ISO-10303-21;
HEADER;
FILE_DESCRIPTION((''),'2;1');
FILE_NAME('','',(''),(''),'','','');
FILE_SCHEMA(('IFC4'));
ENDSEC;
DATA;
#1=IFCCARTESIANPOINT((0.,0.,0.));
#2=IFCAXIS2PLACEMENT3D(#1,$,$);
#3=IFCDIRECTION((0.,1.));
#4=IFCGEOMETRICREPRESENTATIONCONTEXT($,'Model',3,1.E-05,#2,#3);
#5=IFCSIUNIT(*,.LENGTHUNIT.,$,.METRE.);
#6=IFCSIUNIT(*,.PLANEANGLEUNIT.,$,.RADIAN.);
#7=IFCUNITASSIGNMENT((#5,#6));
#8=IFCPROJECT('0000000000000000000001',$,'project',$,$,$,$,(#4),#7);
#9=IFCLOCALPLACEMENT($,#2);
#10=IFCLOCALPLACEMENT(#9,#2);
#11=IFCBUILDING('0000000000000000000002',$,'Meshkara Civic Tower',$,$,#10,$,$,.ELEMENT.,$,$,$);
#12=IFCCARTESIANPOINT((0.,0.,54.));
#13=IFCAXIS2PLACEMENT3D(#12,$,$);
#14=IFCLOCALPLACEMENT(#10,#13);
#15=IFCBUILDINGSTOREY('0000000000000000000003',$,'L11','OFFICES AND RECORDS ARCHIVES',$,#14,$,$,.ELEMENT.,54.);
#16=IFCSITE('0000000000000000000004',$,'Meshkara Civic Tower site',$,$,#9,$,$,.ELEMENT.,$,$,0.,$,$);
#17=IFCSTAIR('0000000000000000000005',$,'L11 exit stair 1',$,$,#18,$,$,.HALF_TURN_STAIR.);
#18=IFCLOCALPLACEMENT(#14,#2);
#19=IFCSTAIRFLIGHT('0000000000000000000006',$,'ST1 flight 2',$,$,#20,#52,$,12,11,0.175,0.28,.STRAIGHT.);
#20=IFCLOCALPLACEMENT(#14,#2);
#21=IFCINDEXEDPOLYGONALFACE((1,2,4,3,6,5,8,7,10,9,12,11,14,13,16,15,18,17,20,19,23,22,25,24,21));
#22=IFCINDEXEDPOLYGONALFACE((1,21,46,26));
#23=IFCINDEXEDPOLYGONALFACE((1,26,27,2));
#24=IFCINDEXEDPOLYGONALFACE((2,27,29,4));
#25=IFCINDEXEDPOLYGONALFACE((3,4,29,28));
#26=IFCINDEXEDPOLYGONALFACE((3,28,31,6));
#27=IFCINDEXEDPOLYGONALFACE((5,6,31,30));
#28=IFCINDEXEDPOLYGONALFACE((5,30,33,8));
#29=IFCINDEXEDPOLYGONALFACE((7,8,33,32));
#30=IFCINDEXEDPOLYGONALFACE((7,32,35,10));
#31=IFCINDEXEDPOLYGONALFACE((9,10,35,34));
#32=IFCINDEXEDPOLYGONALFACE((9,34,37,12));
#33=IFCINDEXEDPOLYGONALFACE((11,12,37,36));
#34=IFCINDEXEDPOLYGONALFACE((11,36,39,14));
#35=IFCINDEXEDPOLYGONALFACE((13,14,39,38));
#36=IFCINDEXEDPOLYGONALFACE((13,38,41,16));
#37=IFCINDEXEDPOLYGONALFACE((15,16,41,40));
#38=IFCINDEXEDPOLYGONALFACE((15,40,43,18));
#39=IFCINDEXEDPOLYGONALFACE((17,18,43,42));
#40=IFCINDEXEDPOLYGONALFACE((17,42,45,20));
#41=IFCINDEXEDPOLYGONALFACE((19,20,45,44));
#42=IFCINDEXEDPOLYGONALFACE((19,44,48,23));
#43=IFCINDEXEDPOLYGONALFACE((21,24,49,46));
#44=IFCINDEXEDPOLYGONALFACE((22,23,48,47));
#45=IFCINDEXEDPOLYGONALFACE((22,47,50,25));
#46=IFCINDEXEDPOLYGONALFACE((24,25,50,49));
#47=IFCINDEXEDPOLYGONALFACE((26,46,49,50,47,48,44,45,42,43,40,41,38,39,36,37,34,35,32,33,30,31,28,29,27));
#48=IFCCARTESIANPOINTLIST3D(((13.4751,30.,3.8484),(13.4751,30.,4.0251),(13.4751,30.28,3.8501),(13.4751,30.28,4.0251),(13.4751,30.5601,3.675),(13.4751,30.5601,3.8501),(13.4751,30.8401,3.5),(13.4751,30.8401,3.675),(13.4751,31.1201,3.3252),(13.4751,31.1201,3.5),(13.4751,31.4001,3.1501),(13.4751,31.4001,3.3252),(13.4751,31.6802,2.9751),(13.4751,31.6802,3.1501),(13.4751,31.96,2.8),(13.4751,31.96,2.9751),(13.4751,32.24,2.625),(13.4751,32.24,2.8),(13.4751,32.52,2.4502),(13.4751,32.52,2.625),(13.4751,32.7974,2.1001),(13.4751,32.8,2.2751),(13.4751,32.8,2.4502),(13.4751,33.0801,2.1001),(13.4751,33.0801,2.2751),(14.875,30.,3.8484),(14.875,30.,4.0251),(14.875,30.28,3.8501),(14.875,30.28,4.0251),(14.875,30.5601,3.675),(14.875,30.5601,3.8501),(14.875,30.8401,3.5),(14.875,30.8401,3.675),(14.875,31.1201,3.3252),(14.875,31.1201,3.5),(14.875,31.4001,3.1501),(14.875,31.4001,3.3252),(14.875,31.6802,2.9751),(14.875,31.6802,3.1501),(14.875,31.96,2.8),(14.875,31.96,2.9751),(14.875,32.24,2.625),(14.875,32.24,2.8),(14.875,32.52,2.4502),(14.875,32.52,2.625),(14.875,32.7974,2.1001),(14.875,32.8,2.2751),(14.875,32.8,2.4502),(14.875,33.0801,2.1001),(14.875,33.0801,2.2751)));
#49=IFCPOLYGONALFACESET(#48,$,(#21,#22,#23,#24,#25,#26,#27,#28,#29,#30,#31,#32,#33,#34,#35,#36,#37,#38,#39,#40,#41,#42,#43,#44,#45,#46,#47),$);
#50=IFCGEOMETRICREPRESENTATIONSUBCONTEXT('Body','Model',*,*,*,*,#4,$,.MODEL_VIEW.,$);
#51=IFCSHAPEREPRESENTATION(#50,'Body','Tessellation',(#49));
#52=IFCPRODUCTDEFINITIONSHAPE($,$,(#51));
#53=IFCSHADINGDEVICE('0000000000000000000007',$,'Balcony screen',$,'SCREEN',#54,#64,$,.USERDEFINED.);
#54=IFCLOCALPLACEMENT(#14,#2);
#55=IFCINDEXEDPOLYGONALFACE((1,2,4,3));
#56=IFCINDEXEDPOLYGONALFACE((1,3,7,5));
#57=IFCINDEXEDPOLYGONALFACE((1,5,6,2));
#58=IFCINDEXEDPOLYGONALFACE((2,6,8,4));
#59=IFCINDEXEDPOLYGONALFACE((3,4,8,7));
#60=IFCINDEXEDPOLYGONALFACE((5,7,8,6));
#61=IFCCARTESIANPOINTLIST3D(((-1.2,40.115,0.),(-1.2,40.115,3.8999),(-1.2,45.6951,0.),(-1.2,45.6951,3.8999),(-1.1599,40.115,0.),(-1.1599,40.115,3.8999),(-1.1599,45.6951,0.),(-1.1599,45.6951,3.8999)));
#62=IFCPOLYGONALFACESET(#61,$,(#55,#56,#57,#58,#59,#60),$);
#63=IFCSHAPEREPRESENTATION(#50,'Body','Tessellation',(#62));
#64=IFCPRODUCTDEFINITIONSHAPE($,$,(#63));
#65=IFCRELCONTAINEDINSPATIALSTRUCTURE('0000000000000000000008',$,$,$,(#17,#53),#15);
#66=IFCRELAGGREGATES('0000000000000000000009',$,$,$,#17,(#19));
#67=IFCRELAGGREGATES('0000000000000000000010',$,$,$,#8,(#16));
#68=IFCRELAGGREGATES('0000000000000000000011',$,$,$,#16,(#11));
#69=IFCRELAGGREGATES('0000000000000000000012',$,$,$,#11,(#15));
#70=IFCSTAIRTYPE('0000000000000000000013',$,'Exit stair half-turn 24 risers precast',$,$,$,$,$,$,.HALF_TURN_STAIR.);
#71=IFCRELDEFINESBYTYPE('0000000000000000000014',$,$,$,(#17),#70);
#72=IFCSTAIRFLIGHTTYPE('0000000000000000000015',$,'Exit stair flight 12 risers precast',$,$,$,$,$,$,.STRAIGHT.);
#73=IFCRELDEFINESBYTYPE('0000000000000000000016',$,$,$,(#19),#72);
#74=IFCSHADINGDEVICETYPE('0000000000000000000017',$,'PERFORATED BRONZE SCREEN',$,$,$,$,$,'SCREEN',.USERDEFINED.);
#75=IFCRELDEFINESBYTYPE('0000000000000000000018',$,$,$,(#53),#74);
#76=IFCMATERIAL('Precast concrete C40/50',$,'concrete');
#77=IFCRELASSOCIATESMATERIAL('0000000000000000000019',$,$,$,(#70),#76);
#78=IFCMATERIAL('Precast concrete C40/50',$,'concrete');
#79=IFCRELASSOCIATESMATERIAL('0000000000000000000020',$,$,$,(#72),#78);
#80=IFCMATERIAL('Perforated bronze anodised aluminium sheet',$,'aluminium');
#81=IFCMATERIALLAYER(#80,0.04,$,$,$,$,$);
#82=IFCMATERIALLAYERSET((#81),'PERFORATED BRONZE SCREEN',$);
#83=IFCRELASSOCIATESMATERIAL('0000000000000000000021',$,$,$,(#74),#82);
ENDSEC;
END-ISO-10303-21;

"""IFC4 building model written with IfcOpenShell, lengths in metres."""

from ifc_helpers import new_model, si_unit, direction, frame, origin, origin_2d, place, context, subcontext, project, spatial, polyline, rectangle, outline, extrude, material, layer, layer_set, type_object, element, aggregate, save


model = new_model("IFC4")

# Units and contexts
model_context = context("Model", 3, precision=1e-05, world=origin(), true_north=direction((0.0, 1.0)))
body_context = subcontext(model_context, "Body", "Model", "MODEL_VIEW")
ifc_project = project(units=[si_unit("LENGTHUNIT", "METRE"), si_unit("PLANEANGLEUNIT", "RADIAN")], contexts=[model_context])

# Site, building, storey
site_placement = place(None, origin())
site = spatial("IfcSite", under=ifc_project, at=site_placement, Name="Meshkara Civic Tower site", CompositionType="ELEMENT", RefElevation=0.0)
building_placement = place(site_placement, origin())
building = spatial("IfcBuilding", under=site, at=building_placement, Name="Meshkara Civic Tower", CompositionType="ELEMENT")
storey_placement = place(building_placement, frame((0.0, 0.0, 54.0)))
storey = spatial("IfcBuildingStorey", under=building, at=storey_placement, Name="L11", Description="OFFICES AND RECORDS ARCHIVES", CompositionType="ELEMENT", Elevation=54.0)

# Stair, stair flight
ifc_material_1 = material(Name="Precast concrete C40/50", Category="concrete")
stair_type = type_object("IfcStairType", Name="Exit stair half-turn 24 risers precast", PredefinedType="HALF_TURN_STAIR", material=ifc_material_1)
stair_placement = place(storey_placement, origin())
stair = element("IfcStair", 1, at=stair_placement, inside=storey, type_object=stair_type, Name="L11 exit stair 1", PredefinedType="HALF_TURN_STAIR")
ifc_material_2 = material(Name="Precast concrete C40/50", Category="concrete")
stair_flight_type = type_object("IfcStairFlightType", Name="Exit stair flight 12 risers precast", PredefinedType="STRAIGHT", material=ifc_material_2)
stair_flight_placement = place(storey_placement, frame((14.175, 33.0801, 2.1001), z_axis=(0.0, 0.0, 1.0), x_axis=(0.0, -1.0, 0.0)))
stair_flight = element("IfcStairFlight", 2, at=stair_flight_placement, type_object=stair_flight_type, Name="ST1 flight 2", NumberOfRisers=12, NumberOfTreads=11, PredefinedType="STRAIGHT", RiserHeight=0.175, TreadLength=0.28, context=body_context, shape_type="SweptSolid", body=[
    extrude(outline(polyline([(0.0, 0.0), (0.0, 0.175), (0.28, 0.175), (0.28, 0.3501), (0.5601, 0.3501), (0.5601, 0.5249), (0.8401, 0.5249), (0.8401, 0.7), (1.1201, 0.7), (1.1201, 0.875), (1.3999, 0.875), (1.3999, 1.05), (1.6799, 1.05), (1.6799, 1.2251), (1.96, 1.2251), (1.96, 1.3999), (2.24, 1.3999), (2.24, 1.575), (2.52, 1.575), (2.52, 1.75), (2.8, 1.75), (2.8, 1.925), (3.0801, 1.925), (3.0801, 2.1001), (3.0801, 1.7483), (0.2827, 0.0), (0.0, 0.0)])), frame((0.0, 0.7, 0.0), z_axis=(0.0, -1.0, 0.0), x_axis=(1.0, 0.0, 0.0)), (0.0, 0.0, 1.0), 1.3999),
])
aggregate(stair, [stair_flight])

# Shading device
ifc_material_3 = material(Name="Perforated bronze anodised aluminium sheet", Category="aluminium")
ifc_layer_1 = layer(ifc_material_3, 0.04)
ifc_layer_set_1 = layer_set([ifc_layer_1], Name="PERFORATED BRONZE SCREEN")
shading_device_type = type_object("IfcShadingDeviceType", Name="PERFORATED BRONZE SCREEN", ElementType="SCREEN", PredefinedType="USERDEFINED", material=ifc_layer_set_1)
shading_device_placement = place(storey_placement, frame((-1.1799, 42.905, 0.0), z_axis=(0.0, 0.0, 1.0), x_axis=(0.0, -1.0, 0.0)))
element("IfcShadingDevice", 3, at=shading_device_placement, inside=storey, type_object=shading_device_type, Name="Balcony screen", ObjectType="SCREEN", PredefinedType="USERDEFINED", context=body_context, shape_type="SweptSolid", body=[
    extrude(rectangle(XDim=5.5801, YDim=0.04, at=origin_2d()), origin(), (0.0, 0.0, 1.0), 3.8999),
])

save(model, "model.ifc")
